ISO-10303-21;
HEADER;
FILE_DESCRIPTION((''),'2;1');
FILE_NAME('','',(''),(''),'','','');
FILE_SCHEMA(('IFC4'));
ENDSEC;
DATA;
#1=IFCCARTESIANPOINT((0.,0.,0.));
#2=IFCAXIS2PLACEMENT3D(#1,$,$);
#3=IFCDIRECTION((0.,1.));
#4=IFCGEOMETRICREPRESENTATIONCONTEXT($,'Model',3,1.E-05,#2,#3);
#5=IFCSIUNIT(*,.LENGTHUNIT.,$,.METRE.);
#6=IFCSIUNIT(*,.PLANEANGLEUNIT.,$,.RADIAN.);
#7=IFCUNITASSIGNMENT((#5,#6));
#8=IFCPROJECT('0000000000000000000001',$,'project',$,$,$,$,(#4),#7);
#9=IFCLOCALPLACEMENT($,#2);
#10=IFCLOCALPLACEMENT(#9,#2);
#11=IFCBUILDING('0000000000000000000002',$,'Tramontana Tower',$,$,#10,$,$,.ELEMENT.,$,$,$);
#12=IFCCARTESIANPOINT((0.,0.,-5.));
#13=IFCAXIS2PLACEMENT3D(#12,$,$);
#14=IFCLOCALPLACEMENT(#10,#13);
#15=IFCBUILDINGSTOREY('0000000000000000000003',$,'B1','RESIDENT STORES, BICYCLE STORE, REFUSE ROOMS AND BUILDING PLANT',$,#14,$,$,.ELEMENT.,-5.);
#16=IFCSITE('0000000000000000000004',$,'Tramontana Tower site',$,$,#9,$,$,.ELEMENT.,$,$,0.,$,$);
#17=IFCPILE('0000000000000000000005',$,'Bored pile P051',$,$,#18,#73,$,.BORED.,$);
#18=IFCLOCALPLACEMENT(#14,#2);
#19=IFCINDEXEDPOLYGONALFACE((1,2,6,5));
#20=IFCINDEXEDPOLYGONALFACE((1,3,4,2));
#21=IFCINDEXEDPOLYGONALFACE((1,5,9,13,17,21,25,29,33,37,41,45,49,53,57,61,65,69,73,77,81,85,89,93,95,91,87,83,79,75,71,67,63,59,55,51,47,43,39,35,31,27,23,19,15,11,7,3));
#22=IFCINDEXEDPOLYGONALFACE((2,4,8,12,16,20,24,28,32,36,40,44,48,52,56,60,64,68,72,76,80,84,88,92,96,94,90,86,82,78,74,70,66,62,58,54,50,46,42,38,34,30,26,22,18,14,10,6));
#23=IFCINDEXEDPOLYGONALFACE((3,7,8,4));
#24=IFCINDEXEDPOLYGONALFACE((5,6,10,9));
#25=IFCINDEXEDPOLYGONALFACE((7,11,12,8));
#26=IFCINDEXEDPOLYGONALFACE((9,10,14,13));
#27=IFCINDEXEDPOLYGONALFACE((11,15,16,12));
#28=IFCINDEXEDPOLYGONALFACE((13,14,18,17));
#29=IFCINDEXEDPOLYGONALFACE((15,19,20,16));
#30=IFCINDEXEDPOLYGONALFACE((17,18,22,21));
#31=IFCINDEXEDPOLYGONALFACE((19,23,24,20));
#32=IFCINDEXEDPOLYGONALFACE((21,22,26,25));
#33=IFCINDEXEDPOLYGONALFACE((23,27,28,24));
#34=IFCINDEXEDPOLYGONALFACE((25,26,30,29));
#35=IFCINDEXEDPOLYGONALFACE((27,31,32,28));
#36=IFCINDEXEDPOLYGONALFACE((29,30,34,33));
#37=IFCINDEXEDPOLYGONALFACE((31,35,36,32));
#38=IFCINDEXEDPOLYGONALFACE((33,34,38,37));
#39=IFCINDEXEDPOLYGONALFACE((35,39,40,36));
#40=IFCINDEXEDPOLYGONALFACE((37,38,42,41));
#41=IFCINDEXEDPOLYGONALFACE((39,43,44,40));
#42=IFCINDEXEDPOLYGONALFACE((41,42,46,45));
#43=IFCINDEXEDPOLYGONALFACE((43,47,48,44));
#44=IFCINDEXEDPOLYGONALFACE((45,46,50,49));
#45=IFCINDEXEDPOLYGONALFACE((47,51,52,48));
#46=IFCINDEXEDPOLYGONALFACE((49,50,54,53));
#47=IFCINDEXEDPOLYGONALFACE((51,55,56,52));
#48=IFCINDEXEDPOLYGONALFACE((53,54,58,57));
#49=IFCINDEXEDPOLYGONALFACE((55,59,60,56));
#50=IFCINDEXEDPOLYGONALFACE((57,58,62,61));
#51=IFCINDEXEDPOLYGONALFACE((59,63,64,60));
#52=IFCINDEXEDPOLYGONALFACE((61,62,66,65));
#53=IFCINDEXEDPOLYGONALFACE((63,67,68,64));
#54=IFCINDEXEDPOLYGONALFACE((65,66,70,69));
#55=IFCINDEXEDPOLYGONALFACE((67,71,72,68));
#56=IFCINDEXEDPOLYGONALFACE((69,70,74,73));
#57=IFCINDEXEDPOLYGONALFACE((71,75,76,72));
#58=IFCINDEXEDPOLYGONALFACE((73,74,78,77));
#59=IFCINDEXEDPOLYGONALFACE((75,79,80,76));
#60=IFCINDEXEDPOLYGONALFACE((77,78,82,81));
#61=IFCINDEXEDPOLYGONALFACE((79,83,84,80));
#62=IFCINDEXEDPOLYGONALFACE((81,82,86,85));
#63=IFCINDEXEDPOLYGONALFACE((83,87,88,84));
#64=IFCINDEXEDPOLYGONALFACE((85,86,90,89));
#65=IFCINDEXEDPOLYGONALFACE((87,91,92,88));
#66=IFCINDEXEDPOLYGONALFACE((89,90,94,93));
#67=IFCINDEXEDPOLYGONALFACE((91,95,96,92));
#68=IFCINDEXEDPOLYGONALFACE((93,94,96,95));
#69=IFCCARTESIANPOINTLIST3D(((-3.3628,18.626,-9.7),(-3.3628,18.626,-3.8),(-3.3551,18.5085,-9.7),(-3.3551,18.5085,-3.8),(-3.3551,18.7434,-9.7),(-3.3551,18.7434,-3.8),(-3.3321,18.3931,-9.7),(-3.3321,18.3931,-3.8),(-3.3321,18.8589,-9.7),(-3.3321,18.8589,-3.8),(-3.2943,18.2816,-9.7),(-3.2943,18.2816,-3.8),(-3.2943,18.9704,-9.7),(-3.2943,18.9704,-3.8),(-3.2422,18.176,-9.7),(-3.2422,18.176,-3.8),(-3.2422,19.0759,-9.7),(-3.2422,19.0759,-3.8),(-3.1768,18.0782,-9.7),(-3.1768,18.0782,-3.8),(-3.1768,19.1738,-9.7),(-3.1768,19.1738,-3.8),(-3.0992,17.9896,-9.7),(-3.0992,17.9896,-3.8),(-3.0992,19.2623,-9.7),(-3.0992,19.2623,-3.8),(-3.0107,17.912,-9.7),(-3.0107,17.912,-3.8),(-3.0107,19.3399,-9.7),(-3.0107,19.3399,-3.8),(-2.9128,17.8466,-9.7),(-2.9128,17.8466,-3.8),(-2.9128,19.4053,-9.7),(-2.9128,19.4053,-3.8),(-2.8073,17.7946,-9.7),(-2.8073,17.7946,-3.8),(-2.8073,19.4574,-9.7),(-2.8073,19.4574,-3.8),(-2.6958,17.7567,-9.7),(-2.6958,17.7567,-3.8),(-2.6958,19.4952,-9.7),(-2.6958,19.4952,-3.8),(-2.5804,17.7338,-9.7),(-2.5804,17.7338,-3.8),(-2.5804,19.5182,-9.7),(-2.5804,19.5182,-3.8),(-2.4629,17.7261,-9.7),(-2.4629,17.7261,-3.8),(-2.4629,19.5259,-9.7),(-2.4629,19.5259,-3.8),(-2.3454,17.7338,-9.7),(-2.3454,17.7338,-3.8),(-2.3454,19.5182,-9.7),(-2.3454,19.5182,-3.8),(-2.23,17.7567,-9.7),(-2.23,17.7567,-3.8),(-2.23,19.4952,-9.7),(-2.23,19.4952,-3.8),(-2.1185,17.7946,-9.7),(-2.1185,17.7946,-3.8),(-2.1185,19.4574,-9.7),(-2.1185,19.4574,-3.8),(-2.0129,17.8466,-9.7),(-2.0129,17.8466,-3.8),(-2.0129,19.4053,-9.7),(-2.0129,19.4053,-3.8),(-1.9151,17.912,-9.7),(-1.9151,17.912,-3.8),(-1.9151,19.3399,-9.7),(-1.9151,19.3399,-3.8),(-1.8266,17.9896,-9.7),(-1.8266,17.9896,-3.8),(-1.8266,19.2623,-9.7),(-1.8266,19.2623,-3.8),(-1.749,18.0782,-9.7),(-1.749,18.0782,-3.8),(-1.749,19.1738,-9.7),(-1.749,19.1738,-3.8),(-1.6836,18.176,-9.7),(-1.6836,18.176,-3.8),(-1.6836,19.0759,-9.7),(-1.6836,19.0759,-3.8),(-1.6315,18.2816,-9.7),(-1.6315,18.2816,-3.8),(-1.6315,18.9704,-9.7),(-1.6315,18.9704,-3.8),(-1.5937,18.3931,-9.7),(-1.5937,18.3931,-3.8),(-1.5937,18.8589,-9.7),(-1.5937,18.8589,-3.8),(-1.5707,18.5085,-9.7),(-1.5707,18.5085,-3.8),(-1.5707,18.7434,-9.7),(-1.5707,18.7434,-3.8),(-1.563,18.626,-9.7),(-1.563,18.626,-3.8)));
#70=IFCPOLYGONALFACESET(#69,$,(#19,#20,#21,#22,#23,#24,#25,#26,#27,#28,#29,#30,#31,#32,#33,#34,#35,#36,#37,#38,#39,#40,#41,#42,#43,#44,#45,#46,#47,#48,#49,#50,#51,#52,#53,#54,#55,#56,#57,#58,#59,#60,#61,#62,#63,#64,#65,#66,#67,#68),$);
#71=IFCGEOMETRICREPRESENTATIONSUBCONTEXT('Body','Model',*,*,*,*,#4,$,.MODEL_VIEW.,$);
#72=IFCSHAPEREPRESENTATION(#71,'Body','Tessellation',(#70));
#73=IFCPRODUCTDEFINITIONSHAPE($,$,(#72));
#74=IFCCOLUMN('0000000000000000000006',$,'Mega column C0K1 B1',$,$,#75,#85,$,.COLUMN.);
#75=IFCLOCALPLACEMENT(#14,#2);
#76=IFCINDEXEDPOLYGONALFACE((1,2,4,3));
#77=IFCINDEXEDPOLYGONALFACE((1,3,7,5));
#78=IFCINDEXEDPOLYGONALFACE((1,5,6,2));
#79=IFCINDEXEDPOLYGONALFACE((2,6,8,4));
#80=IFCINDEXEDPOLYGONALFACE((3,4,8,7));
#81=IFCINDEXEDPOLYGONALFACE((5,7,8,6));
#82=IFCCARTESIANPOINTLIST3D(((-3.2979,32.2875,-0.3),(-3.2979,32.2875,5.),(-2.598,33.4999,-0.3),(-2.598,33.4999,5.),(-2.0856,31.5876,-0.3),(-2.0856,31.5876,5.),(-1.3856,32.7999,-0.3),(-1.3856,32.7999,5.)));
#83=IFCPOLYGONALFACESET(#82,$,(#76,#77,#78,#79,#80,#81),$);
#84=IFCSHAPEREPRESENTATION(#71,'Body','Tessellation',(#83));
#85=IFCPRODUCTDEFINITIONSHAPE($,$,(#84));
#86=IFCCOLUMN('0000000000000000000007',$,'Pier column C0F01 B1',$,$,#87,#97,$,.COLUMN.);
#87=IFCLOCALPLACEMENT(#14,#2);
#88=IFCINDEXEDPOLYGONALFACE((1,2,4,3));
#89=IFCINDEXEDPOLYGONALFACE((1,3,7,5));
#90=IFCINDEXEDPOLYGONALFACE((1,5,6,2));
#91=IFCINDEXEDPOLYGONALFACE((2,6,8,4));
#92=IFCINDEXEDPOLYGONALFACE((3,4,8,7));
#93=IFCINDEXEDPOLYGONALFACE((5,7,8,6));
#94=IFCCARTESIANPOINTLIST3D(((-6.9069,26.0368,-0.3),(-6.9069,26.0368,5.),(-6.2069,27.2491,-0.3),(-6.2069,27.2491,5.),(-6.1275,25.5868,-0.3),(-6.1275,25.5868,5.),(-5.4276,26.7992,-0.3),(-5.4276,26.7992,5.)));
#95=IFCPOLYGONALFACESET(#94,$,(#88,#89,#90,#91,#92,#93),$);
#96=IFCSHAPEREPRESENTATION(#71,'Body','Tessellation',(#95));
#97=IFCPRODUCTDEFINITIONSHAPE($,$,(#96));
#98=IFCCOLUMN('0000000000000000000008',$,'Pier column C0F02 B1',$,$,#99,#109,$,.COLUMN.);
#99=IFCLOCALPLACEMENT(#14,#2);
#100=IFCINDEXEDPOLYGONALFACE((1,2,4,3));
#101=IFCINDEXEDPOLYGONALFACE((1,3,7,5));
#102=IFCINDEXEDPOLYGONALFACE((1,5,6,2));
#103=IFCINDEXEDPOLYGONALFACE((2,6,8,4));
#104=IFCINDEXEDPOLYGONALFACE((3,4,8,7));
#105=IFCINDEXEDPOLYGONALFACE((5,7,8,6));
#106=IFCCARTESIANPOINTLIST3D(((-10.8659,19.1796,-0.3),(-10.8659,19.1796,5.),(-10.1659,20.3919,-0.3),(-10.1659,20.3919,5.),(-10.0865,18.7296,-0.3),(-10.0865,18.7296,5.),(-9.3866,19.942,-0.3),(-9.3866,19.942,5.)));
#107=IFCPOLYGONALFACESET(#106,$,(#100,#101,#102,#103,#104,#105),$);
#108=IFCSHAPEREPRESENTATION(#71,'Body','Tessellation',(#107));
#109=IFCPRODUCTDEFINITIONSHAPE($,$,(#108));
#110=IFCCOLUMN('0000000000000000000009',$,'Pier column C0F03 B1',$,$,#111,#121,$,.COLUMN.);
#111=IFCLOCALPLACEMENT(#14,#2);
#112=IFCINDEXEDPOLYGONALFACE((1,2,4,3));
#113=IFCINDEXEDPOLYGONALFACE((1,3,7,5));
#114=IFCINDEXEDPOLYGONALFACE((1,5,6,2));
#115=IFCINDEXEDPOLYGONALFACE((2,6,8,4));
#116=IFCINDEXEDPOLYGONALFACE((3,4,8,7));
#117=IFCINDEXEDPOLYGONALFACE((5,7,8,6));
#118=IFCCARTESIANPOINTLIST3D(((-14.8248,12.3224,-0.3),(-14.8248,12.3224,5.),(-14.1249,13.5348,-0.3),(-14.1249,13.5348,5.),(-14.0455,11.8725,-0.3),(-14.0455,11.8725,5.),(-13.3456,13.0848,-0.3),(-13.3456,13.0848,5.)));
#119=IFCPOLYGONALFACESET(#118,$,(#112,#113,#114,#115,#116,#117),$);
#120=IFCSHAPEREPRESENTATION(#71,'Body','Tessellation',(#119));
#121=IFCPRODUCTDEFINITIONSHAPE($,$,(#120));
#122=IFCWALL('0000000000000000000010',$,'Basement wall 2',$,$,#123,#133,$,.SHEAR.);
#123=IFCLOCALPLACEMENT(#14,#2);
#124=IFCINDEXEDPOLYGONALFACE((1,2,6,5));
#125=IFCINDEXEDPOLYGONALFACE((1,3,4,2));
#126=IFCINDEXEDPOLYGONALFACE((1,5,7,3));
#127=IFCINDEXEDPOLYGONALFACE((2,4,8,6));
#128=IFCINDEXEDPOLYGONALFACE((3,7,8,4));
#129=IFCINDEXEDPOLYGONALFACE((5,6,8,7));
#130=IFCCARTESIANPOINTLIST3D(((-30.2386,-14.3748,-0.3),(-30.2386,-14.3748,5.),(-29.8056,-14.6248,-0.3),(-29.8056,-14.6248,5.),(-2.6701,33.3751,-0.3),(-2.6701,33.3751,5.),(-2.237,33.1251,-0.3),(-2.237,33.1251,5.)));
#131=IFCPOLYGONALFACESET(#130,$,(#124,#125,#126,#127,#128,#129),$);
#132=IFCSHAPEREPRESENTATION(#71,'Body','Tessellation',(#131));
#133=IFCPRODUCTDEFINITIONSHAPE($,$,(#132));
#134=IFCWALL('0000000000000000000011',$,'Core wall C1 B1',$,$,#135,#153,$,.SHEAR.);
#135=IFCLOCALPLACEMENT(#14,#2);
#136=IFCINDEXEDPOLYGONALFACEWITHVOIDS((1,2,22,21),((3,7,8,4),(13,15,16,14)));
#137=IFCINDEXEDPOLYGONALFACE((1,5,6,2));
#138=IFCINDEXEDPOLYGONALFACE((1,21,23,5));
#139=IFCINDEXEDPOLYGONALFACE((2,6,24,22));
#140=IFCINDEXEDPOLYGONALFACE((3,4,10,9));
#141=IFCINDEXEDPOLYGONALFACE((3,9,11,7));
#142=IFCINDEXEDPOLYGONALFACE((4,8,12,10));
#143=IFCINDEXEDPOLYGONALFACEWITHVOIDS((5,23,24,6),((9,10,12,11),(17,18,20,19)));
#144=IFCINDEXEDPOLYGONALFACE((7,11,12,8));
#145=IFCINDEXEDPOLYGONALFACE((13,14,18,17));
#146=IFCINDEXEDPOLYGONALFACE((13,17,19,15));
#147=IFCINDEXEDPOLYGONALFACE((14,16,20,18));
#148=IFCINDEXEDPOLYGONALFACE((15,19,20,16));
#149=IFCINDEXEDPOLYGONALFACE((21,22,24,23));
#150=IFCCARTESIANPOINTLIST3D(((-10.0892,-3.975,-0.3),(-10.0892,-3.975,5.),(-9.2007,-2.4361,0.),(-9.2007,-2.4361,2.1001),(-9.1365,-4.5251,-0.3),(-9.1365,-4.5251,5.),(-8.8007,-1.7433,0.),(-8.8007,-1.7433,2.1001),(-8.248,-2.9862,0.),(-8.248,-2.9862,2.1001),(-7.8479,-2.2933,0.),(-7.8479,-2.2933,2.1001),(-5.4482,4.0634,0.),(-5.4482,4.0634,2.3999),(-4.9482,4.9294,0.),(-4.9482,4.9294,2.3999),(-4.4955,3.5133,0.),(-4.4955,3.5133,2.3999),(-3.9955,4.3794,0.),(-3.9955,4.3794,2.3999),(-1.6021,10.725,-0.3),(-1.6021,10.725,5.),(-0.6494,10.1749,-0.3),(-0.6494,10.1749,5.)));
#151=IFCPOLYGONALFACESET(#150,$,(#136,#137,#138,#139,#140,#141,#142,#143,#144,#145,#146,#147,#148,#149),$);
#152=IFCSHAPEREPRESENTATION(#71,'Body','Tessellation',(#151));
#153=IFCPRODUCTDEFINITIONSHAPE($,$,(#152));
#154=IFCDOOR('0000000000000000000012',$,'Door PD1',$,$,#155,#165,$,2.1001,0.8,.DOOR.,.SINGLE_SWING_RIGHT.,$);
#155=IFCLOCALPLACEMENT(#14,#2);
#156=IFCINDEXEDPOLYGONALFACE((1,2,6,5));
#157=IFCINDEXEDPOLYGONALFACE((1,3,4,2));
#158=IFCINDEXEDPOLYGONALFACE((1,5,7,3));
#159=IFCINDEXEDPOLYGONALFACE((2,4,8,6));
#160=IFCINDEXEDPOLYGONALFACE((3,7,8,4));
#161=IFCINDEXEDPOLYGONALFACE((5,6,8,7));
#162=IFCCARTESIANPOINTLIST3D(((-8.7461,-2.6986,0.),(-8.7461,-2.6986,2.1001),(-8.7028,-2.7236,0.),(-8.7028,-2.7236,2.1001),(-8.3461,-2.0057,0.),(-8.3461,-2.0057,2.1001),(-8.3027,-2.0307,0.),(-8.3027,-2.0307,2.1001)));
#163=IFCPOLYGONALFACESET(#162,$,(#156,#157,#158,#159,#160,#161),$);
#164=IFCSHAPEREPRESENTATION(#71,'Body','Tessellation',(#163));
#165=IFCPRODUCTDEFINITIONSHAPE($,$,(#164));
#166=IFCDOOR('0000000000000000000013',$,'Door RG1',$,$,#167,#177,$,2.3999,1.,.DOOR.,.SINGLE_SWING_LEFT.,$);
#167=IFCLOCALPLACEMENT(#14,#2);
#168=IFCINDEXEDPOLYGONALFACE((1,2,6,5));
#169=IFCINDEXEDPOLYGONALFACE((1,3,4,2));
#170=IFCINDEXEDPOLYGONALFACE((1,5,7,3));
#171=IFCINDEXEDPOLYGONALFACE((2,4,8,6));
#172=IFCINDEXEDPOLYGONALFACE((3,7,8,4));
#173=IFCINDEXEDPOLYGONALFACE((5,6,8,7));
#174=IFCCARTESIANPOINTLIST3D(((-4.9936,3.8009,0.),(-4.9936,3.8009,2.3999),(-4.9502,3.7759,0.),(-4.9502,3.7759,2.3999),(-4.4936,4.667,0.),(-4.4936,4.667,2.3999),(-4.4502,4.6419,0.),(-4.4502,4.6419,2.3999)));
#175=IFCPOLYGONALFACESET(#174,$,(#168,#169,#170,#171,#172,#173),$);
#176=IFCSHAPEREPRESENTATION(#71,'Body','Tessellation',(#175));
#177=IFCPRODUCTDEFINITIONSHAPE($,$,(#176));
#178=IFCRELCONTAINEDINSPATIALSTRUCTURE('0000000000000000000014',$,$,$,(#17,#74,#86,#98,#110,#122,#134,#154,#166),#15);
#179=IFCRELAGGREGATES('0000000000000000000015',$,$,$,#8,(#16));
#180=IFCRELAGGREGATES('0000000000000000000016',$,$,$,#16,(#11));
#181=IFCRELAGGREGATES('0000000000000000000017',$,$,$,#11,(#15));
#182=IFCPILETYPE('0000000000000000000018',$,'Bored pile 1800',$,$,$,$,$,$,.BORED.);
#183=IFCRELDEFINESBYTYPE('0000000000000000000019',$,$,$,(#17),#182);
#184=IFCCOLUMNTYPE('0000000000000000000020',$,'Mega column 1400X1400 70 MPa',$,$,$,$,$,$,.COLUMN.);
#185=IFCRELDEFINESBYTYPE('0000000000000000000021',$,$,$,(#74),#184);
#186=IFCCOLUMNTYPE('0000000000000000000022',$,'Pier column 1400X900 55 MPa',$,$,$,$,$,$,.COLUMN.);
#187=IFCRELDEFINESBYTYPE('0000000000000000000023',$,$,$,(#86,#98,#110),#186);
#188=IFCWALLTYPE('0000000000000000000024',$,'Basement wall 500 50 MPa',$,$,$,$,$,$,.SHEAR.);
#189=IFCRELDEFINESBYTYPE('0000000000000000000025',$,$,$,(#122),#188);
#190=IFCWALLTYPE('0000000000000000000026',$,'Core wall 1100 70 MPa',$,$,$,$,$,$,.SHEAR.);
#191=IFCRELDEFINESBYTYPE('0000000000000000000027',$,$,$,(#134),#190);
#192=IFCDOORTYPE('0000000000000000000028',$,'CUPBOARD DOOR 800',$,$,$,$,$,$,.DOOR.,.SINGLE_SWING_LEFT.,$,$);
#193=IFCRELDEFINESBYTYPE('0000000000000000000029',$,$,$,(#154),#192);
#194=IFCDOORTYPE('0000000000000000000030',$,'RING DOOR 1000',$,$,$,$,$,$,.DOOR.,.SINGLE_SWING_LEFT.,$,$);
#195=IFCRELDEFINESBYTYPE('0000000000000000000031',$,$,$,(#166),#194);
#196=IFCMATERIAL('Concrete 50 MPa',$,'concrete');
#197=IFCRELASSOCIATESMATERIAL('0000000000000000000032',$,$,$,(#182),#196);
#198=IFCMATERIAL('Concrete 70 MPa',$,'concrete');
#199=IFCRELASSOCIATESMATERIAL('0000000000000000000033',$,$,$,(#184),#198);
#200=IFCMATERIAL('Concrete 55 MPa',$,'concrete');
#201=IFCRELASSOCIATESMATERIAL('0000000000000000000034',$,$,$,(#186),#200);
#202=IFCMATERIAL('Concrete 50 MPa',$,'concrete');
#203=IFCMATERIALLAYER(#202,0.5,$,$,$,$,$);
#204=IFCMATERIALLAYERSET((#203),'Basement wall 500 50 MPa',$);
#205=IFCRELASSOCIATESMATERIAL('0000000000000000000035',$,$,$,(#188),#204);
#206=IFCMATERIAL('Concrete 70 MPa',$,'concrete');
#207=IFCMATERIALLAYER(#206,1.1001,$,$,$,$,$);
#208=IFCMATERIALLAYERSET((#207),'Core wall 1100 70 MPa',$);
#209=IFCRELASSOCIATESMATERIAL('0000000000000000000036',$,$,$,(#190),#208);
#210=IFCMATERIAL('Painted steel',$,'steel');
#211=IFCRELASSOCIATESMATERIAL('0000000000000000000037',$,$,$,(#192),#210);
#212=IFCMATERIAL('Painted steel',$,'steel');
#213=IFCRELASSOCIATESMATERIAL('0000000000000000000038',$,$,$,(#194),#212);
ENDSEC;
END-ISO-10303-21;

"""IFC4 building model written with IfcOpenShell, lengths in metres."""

from ifc_helpers import new_model, si_unit, direction, frame, frame_2d, origin, origin_2d, place, context, subcontext, project, spatial, rectangle, circle, extrude, material, layer, layer_set, material_profile, profile_set, type_object, element, fill, save


model = new_model("IFC4")

# Units and contexts
model_context = context("Model", 3, precision=1e-05, world=origin(), true_north=direction((0.0, 1.0)))
body_context = subcontext(model_context, "Body", "Model", "MODEL_VIEW")
ifc_project = project(units=[si_unit("LENGTHUNIT", "METRE"), si_unit("PLANEANGLEUNIT", "RADIAN")], contexts=[model_context])

# Site, building, storey
site_placement = place(None, origin())
site = spatial("IfcSite", under=ifc_project, at=site_placement, Name="Tramontana Tower site", CompositionType="ELEMENT", RefElevation=0.0)
building_placement = place(site_placement, origin())
building = spatial("IfcBuilding", under=site, at=building_placement, Name="Tramontana Tower", CompositionType="ELEMENT")
storey_placement = place(building_placement, frame((0.0, 0.0, -5.0)))
storey = spatial("IfcBuildingStorey", under=building, at=storey_placement, Name="B1", Description="RESIDENT STORES, BICYCLE STORE, REFUSE ROOMS AND BUILDING PLANT", CompositionType="ELEMENT", Elevation=-5.0)

# Pile
ifc_material_1 = material(Name="Concrete 50 MPa", Category="concrete")
ifc_material_profile_1 = material_profile(ifc_material_1, circle(Radius=0.8999, at=origin_2d()), Name="Bored pile 1800")
ifc_profile_set_1 = profile_set([ifc_material_profile_1], Name="Concrete 50 MPa")
pile_type = type_object("IfcPileType", Name="Bored pile 1800", PredefinedType="BORED", material=ifc_profile_set_1)
for number, where, z_axis, x_axis, name in (
    (1, (-2.4629, 18.626, -3.8), (0.0, 0.0, -1.0), (1.0, 0.0, 0.0), "Bored pile P051"),
):
    element("IfcPile", number, at=place(storey_placement, frame(where, z_axis=z_axis, x_axis=x_axis)), inside=storey, type_object=pile_type, Name=name, PredefinedType="BORED", context=body_context, shape_type="SweptSolid", body=[
        extrude(circle(Radius=0.8999, at=origin_2d()), origin(), (0.0, 0.0, 1.0), 5.8999),
    ])

# Columns
ifc_material_2 = material(Name="Concrete 70 MPa", Category="concrete")
ifc_material_profile_2 = material_profile(ifc_material_2, rectangle(XDim=1.3999, YDim=1.3999, at=origin_2d()), Name="Mega column 1400X1400 70 MPa")
ifc_profile_set_2 = profile_set([ifc_material_profile_2], Name="Concrete 70 MPa")
column_type_1 = type_object("IfcColumnType", Name="Mega column 1400X1400 70 MPa", PredefinedType="COLUMN", material=ifc_profile_set_2)
column_placement = place(storey_placement, frame((-2.3418, 32.5437, -0.3), z_axis=(0.0, 0.0, 1.0), x_axis=(-0.5, -0.866025, 0.0)))
element("IfcColumn", 2, at=column_placement, inside=storey, type_object=column_type_1, Name="Mega column C0K1 B1", PredefinedType="COLUMN", context=body_context, shape_type="SweptSolid", body=[
    extrude(rectangle(XDim=1.3999, YDim=1.3999, at=origin_2d()), origin(), (0.0, 0.0, 1.0), 5.3),
])
ifc_material_3 = material(Name="Concrete 55 MPa", Category="concrete")
ifc_material_profile_3 = material_profile(ifc_material_3, rectangle(XDim=1.3999, YDim=0.8999, at=origin_2d()), Name="Pier column 1400X900 55 MPa")
ifc_profile_set_3 = profile_set([ifc_material_profile_3], Name="Concrete 55 MPa")
column_type_2 = type_object("IfcColumnType", Name="Pier column 1400X900 55 MPa", PredefinedType="COLUMN", material=ifc_profile_set_3)
for number, where, z_axis, x_axis, name in (
    (3, (-6.1672, 26.418, -0.3), (0.0, 0.0, 1.0), (-0.5, -0.866025, 0.0), "Pier column C0F01 B1"),
    (4, (-10.1262, 19.5608, -0.3), (0.0, 0.0, 1.0), (-0.5, -0.866025, 0.0), "Pier column C0F02 B1"),
    (5, (-14.0852, 12.7036, -0.3), (0.0, 0.0, 1.0), (-0.5, -0.866025, 0.0), "Pier column C0F03 B1"),
):
    element("IfcColumn", number, at=place(storey_placement, frame(where, z_axis=z_axis, x_axis=x_axis)), inside=storey, type_object=column_type_2, Name=name, PredefinedType="COLUMN", context=body_context, shape_type="SweptSolid", body=[
        extrude(rectangle(XDim=1.3999, YDim=0.8999, at=origin_2d()), origin(), (0.0, 0.0, 1.0), 5.3),
    ])

# Wall
ifc_material_4 = material(Name="Concrete 50 MPa", Category="concrete")
ifc_layer_1 = layer(ifc_material_4, 0.5)
ifc_layer_set_1 = layer_set([ifc_layer_1], Name="Basement wall 500 50 MPa")
wall_type_1 = type_object("IfcWallType", Name="Basement wall 500 50 MPa", PredefinedType="SHEAR", material=ifc_layer_set_1)
wall_1_placement = place(storey_placement, frame((-2.4536, 33.25, -0.3), z_axis=(0.0, 0.0, 1.0), x_axis=(-0.500002, -0.866024, 0.0)))
element("IfcWall", 6, at=wall_1_placement, inside=storey, type_object=wall_type_1, Name="Basement wall 2", PredefinedType="SHEAR", context=body_context, shape_type="SweptSolid", body=[
    extrude(rectangle(XDim=55.137, YDim=0.5, at=frame_2d((27.5684, 0.0))), origin(), (0.0, 0.0, 1.0), 5.3),
])

# Wall, openings, doors
ifc_material_5 = material(Name="Concrete 70 MPa", Category="concrete")
ifc_layer_2 = layer(ifc_material_5, 1.1001)
ifc_layer_set_2 = layer_set([ifc_layer_2], Name="Core wall 1100 70 MPa")
wall_type_2 = type_object("IfcWallType", Name="Core wall 1100 70 MPa", PredefinedType="SHEAR", material=ifc_layer_set_2)
wall_2_placement = place(storey_placement, frame((-1.1257, 10.45, -0.3), z_axis=(0.0, 0.0, 1.0), x_axis=(-0.500002, -0.866024, 0.0)))
wall_2 = element("IfcWall", 7, at=wall_2_placement, inside=storey, type_object=wall_type_2, Name="Core wall C1 B1", PredefinedType="SHEAR", context=body_context, shape_type="SweptSolid", body=[
    extrude(rectangle(XDim=16.9741, YDim=1.1001, at=frame_2d((8.4871, 0.0))), origin(), (0.0, 0.0, 1.0), 5.3),
])
opening_1_placement = place(wall_2_placement, frame((6.6921, 0.0, 0.3)))
opening_1 = element("IfcOpeningElement", 8, at=opening_1_placement, cuts=wall_2, PredefinedType="OPENING", context=body_context, shape_type="SweptSolid", body=[
    extrude(rectangle(XDim=1.0, YDim=2.3999, at=frame_2d((0.5, 1.2))), frame((0.0, 0.5601, 0.0), z_axis=(0.0, -1.0, 0.0), x_axis=(1.0, 0.0, 0.0)), (0.0, 0.0, 1.0), 1.1201),
])
opening_2_placement = place(wall_2_placement, frame((14.3972, 0.0, 0.3)))
opening_2 = element("IfcOpeningElement", 9, at=opening_2_placement, cuts=wall_2, PredefinedType="OPENING", context=body_context, shape_type="SweptSolid", body=[
    extrude(rectangle(XDim=0.8, YDim=2.1001, at=frame_2d((0.3999, 1.05))), frame((0.0, 0.5601, 0.0), z_axis=(0.0, -1.0, 0.0), x_axis=(1.0, 0.0, 0.0)), (0.0, 0.0, 1.0), 1.1201),
])
ifc_material_6 = material(Name="Painted steel", Category="steel")
door_type_1 = type_object("IfcDoorType", Name="CUPBOARD DOOR 800", OperationType="SINGLE_SWING_LEFT", PredefinedType="DOOR", material=ifc_material_6)
door_1_placement = place(opening_2_placement, origin())
door_1 = element("IfcDoor", 10, at=door_1_placement, inside=storey, type_object=door_type_1, Name="Door PD1", OperationType="SINGLE_SWING_RIGHT", OverallHeight=2.1001, OverallWidth=0.8, PredefinedType="DOOR", context=body_context, shape_type="SweptSolid", body=[
    extrude(rectangle(XDim=0.8, YDim=2.1001, at=frame_2d((0.3999, 1.05))), frame((0.0, 0.0249, 0.0), z_axis=(0.0, -1.0, 0.0), x_axis=(1.0, 0.0, 0.0)), (0.0, 0.0, 1.0), 0.05),
])
fill(opening_2, door_1)
ifc_material_7 = material(Name="Painted steel", Category="steel")
door_type_2 = type_object("IfcDoorType", Name="RING DOOR 1000", OperationType="SINGLE_SWING_LEFT", PredefinedType="DOOR", material=ifc_material_7)
door_2_placement = place(opening_1_placement, origin())
door_2 = element("IfcDoor", 11, at=door_2_placement, inside=storey, type_object=door_type_2, Name="Door RG1", OperationType="SINGLE_SWING_LEFT", OverallHeight=2.3999, OverallWidth=1.0, PredefinedType="DOOR", context=body_context, shape_type="SweptSolid", body=[
    extrude(rectangle(XDim=1.0, YDim=2.3999, at=frame_2d((0.5, 1.2))), frame((0.0, 0.0249, 0.0), z_axis=(0.0, -1.0, 0.0), x_axis=(1.0, 0.0, 0.0)), (0.0, 0.0, 1.0), 0.05),
])
fill(opening_1, door_2)

save(model, "model.ifc")
